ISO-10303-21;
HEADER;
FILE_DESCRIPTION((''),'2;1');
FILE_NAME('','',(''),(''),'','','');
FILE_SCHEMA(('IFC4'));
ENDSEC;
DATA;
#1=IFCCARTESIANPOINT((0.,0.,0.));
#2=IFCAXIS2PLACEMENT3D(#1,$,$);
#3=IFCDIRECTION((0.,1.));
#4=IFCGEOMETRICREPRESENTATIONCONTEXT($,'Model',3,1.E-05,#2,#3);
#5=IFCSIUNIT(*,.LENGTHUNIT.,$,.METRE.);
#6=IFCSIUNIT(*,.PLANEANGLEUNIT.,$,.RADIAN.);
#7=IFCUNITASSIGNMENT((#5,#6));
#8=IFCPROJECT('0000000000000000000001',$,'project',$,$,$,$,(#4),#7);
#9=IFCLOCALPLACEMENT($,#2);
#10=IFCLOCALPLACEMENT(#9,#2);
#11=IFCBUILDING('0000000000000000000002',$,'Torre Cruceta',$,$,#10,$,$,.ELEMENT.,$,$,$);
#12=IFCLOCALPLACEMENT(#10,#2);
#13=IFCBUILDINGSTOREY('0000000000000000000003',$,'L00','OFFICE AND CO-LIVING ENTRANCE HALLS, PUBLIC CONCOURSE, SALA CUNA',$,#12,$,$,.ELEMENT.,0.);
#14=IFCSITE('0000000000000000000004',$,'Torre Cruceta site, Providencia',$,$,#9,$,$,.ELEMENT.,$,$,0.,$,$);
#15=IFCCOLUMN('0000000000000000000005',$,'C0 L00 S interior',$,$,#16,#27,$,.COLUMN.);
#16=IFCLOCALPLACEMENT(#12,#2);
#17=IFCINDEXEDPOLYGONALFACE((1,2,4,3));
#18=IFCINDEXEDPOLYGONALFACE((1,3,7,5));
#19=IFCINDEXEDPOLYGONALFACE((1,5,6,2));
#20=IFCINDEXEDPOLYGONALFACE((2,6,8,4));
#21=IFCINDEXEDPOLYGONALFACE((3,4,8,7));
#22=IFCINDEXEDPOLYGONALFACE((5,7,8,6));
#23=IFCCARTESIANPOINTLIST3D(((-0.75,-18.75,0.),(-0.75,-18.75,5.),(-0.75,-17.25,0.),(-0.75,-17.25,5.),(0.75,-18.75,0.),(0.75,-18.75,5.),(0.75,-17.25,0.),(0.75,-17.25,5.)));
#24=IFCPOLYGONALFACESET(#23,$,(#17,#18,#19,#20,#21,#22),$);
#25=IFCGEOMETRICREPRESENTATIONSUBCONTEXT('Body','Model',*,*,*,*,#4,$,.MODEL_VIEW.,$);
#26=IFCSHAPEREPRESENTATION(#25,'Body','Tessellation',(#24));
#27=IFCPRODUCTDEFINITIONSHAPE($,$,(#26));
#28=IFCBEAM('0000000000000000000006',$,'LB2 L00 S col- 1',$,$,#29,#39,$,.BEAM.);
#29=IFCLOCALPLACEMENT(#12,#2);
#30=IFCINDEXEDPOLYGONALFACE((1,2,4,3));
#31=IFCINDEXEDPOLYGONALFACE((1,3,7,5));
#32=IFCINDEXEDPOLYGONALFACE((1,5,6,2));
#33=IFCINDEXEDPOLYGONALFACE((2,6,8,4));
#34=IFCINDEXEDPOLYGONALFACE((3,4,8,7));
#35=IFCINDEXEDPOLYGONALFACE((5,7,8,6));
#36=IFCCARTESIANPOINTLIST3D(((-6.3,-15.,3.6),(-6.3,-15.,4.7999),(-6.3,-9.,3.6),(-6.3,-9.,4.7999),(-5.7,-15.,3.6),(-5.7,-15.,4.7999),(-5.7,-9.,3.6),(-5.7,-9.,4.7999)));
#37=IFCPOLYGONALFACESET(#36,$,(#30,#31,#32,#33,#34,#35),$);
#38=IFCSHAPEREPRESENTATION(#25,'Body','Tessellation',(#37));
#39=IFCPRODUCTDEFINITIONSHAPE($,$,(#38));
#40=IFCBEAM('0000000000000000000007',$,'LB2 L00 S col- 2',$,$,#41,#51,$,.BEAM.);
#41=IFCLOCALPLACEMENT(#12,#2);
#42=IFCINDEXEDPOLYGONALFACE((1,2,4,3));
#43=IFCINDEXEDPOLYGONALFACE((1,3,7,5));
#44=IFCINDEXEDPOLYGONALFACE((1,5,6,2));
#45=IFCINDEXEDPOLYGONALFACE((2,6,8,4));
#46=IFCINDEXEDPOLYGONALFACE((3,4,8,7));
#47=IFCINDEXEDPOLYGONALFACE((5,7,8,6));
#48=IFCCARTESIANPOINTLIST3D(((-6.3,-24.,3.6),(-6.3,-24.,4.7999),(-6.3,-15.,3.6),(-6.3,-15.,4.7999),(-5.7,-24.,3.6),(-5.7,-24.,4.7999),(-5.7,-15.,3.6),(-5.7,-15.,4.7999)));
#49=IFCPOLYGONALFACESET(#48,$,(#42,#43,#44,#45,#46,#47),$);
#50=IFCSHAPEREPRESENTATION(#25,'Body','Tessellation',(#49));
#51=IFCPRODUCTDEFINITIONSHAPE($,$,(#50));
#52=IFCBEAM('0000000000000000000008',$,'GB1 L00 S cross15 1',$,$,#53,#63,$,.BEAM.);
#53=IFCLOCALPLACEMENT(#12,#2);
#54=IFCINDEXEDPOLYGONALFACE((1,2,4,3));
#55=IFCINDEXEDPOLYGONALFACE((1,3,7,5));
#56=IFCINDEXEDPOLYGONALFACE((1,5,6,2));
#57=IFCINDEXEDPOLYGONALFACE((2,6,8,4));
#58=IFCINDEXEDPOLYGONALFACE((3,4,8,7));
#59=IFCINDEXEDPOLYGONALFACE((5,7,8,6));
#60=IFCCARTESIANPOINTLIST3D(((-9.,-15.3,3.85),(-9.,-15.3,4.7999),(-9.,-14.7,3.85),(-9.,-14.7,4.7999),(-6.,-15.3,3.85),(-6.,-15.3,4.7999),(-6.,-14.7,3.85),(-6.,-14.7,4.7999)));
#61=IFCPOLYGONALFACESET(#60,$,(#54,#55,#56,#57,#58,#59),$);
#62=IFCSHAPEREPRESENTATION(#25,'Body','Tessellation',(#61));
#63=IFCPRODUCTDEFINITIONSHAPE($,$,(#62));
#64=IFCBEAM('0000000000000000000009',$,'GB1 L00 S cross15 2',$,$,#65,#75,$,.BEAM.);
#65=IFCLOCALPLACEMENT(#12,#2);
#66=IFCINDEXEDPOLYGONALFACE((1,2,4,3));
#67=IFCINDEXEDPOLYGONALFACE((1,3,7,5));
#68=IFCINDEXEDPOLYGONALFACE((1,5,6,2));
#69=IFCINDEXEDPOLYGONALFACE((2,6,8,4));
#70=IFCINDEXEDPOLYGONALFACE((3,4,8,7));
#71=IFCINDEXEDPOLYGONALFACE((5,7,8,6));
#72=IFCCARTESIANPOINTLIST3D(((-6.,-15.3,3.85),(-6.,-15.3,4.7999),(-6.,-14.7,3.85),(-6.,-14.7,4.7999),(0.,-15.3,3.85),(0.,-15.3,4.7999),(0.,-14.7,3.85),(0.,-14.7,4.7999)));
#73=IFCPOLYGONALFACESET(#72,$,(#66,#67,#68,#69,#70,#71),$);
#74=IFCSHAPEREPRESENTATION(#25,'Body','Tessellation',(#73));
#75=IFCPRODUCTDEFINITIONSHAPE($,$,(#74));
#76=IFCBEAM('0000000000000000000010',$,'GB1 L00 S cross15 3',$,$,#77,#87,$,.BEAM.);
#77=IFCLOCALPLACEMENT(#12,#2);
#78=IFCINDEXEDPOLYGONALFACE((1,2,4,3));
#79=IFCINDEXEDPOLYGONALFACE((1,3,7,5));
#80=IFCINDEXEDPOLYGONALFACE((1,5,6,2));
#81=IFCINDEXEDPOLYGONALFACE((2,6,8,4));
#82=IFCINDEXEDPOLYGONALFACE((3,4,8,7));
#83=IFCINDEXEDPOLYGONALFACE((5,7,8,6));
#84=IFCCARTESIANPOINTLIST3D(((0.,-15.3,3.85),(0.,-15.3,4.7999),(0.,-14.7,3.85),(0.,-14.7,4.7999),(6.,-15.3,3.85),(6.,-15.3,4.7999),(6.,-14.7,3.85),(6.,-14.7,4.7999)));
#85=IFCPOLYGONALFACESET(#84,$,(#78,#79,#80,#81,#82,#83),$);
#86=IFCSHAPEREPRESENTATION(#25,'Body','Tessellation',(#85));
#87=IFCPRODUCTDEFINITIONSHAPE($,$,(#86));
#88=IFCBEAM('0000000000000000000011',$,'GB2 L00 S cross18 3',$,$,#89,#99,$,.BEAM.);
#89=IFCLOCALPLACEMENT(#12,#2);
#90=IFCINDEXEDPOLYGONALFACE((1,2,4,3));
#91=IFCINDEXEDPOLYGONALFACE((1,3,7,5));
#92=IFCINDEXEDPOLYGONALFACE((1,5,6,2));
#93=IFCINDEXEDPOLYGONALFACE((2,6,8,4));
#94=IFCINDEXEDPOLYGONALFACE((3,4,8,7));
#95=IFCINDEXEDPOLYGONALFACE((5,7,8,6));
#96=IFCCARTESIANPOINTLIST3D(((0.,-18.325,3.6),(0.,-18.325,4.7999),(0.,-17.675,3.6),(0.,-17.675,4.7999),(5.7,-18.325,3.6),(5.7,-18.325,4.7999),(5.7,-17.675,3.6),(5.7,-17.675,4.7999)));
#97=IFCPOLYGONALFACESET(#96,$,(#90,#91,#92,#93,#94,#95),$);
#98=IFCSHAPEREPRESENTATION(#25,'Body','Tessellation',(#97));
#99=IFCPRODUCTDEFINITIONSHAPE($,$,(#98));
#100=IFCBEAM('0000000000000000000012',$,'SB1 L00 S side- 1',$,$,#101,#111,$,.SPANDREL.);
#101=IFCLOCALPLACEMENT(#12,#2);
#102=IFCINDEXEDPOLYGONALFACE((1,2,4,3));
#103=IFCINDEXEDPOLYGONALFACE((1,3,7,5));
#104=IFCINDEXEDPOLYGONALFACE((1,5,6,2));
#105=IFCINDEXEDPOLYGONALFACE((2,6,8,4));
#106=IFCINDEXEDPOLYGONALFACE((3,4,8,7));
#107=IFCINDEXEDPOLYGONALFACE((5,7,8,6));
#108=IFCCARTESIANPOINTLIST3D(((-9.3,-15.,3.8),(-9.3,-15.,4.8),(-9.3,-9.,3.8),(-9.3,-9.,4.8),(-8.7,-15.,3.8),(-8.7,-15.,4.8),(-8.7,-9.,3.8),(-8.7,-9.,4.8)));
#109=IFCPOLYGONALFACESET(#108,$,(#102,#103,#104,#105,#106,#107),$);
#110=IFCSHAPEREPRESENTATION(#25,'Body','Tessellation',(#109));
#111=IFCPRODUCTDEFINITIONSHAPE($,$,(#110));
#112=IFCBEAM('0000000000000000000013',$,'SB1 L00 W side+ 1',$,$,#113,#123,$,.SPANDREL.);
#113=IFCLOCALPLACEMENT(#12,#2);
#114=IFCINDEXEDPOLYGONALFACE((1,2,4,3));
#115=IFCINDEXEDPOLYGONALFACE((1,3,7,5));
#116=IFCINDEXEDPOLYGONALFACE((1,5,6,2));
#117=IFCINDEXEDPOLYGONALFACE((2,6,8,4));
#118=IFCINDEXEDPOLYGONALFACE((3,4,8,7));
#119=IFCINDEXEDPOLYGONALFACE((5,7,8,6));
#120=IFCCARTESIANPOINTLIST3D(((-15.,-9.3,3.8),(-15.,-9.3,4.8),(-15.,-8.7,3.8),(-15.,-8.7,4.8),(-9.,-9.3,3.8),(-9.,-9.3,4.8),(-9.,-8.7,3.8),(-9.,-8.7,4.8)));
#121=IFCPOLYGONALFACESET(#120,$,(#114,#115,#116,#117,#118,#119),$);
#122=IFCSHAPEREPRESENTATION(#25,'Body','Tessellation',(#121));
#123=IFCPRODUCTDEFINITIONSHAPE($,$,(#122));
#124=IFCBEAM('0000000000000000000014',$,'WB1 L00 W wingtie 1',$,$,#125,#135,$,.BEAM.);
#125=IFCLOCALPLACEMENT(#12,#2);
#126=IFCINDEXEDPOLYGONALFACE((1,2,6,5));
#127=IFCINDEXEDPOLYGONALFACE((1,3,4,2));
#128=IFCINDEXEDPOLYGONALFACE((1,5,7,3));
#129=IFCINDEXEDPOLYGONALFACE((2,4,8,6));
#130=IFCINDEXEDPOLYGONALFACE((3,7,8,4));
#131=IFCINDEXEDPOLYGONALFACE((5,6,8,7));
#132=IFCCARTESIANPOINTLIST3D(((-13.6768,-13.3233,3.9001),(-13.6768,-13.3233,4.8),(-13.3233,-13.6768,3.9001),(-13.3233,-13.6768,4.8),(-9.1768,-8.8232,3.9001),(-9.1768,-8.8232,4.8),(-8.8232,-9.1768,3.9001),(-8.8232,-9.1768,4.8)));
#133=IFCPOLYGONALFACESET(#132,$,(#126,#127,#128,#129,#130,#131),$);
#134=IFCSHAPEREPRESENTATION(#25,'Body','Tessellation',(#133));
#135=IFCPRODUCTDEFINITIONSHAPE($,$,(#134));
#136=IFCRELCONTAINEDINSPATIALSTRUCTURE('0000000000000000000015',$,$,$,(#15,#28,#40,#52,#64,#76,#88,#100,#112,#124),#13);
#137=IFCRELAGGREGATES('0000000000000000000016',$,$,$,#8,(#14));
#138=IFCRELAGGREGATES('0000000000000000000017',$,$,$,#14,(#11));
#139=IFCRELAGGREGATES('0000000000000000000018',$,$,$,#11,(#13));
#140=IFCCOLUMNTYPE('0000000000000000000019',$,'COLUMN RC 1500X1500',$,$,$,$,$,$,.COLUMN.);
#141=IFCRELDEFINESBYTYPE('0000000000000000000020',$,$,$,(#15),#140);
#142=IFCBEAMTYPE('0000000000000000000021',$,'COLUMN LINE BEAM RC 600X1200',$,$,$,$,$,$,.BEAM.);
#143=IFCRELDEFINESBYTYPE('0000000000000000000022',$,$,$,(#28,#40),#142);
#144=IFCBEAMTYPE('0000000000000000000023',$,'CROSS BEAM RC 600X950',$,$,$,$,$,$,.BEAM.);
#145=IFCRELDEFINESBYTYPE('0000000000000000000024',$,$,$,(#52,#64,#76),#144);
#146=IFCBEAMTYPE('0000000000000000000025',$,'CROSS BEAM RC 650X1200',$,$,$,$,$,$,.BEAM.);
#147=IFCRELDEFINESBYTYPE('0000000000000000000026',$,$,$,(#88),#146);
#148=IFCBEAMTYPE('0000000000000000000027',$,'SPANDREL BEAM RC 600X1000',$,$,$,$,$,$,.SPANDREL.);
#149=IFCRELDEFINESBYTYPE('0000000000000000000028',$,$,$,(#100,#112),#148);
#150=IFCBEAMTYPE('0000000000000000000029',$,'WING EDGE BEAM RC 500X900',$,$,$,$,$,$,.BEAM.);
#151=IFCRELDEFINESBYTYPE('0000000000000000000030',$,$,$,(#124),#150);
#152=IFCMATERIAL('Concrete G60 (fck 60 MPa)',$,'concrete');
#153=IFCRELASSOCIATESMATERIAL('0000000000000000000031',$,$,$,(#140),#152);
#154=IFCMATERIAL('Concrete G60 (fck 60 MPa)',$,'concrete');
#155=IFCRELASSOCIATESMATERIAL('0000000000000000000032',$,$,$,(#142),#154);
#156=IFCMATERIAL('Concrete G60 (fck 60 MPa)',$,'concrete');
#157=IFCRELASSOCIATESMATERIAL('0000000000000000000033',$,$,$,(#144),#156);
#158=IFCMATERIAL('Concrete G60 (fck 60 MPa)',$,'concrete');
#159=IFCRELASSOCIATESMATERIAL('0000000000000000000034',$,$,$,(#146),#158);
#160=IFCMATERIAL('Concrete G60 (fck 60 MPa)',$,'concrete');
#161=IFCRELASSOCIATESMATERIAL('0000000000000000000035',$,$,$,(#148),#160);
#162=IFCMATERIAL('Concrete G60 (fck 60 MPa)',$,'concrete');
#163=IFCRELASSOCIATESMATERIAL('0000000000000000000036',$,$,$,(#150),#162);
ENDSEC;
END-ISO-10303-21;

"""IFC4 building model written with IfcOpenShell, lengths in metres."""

from ifc_helpers import new_model, si_unit, direction, frame, origin, origin_2d, place, context, subcontext, project, spatial, rectangle, extrude, material, material_profile, profile_set, type_object, element, save


model = new_model("IFC4")

# Units and contexts
model_context = context("Model", 3, precision=1e-05, world=origin(), true_north=direction((0.0, 1.0)))
body_context = subcontext(model_context, "Body", "Model", "MODEL_VIEW")
ifc_project = project(units=[si_unit("LENGTHUNIT", "METRE"), si_unit("PLANEANGLEUNIT", "RADIAN")], contexts=[model_context])

# Site, building, storey
site_placement = place(None, origin())
site = spatial("IfcSite", under=ifc_project, at=site_placement, Name="Torre Cruceta site, Providencia", CompositionType="ELEMENT", RefElevation=0.0)
building_placement = place(site_placement, origin())
building = spatial("IfcBuilding", under=site, at=building_placement, Name="Torre Cruceta", CompositionType="ELEMENT")
storey_placement = place(building_placement, origin())
storey = spatial("IfcBuildingStorey", under=building, at=storey_placement, Name="L00", Description="OFFICE AND CO-LIVING ENTRANCE HALLS, PUBLIC CONCOURSE, SALA CUNA", CompositionType="ELEMENT", Elevation=0.0)

# Column
ifc_material_1 = material(Name="Concrete G60 (fck 60 MPa)", Category="concrete")
ifc_material_profile_1 = material_profile(ifc_material_1, rectangle(XDim=1.5, YDim=1.5, at=origin_2d()), Name="RC 1500X1500")
ifc_profile_set_1 = profile_set([ifc_material_profile_1], Name="Concrete G60 (fck 60 MPa)")
column_type = type_object("IfcColumnType", Name="COLUMN RC 1500X1500", PredefinedType="COLUMN", material=ifc_profile_set_1)
column_placement = place(storey_placement, frame((0.0, -18.0, 0.0), z_axis=(0.0, 0.0, 1.0), x_axis=(1.0, 0.0, 0.0)))
element("IfcColumn", 1, at=column_placement, inside=storey, type_object=column_type, Name="C0 L00 S interior", PredefinedType="COLUMN", context=body_context, shape_type="SweptSolid", body=[
    extrude(rectangle(XDim=1.5, YDim=1.5, at=origin_2d()), origin(), (0.0, 0.0, 1.0), 5.0),
])

# Beams
ifc_material_2 = material(Name="Concrete G60 (fck 60 MPa)", Category="concrete")
ifc_material_profile_2 = material_profile(ifc_material_2, rectangle(XDim=0.6001, YDim=1.2, at=origin_2d()), Name="RC 600X1200")
ifc_profile_set_2 = profile_set([ifc_material_profile_2], Name="Concrete G60 (fck 60 MPa)")
beam_type_1 = type_object("IfcBeamType", Name="COLUMN LINE BEAM RC 600X1200", PredefinedType="BEAM", material=ifc_profile_set_2)
beam_1_placement = place(storey_placement, frame((-6.0, -9.0, 4.2), z_axis=(0.0, -1.0, 0.0), x_axis=(1.0, 0.0, 0.0)))
element("IfcBeam", 2, at=beam_1_placement, inside=storey, type_object=beam_type_1, Name="LB2 L00 S col- 1", PredefinedType="BEAM", context=body_context, shape_type="SweptSolid", body=[
    extrude(rectangle(XDim=0.6001, YDim=1.2, at=origin_2d()), origin(), (0.0, 0.0, 1.0), 6.0),
])
beam_2_placement = place(storey_placement, frame((-6.0, -15.0, 4.2), z_axis=(0.0, -1.0, 0.0), x_axis=(1.0, 0.0, 0.0)))
element("IfcBeam", 3, at=beam_2_placement, inside=storey, type_object=beam_type_1, Name="LB2 L00 S col- 2", PredefinedType="BEAM", context=body_context, shape_type="SweptSolid", body=[
    extrude(rectangle(XDim=0.6001, YDim=1.2, at=origin_2d()), origin(), (0.0, 0.0, 1.0), 9.0),
])
ifc_material_3 = material(Name="Concrete G60 (fck 60 MPa)", Category="concrete")
ifc_material_profile_3 = material_profile(ifc_material_3, rectangle(XDim=0.6001, YDim=0.95, at=origin_2d()), Name="RC 600X950")
ifc_profile_set_3 = profile_set([ifc_material_profile_3], Name="Concrete G60 (fck 60 MPa)")
beam_type_2 = type_object("IfcBeamType", Name="CROSS BEAM RC 600X950", PredefinedType="BEAM", material=ifc_profile_set_3)
beam_3_placement = place(storey_placement, frame((-9.0, -15.0, 4.325), z_axis=(1.0, 0.0, 0.0), x_axis=(0.0, 1.0, 0.0)))
element("IfcBeam", 4, at=beam_3_placement, inside=storey, type_object=beam_type_2, Name="GB1 L00 S cross15 1", PredefinedType="BEAM", context=body_context, shape_type="SweptSolid", body=[
    extrude(rectangle(XDim=0.6001, YDim=0.95, at=origin_2d()), origin(), (0.0, 0.0, 1.0), 3.0),
])
for number, where, z_axis, x_axis, name in (
    (5, (-6.0, -15.0, 4.325), (1.0, 0.0, 0.0), (0.0, 1.0, 0.0), "GB1 L00 S cross15 2"),
    (6, (0.0, -15.0, 4.325), (1.0, 0.0, 0.0), (0.0, 1.0, 0.0), "GB1 L00 S cross15 3"),
):
    element("IfcBeam", number, at=place(storey_placement, frame(where, z_axis=z_axis, x_axis=x_axis)), inside=storey, type_object=beam_type_2, Name=name, PredefinedType="BEAM", context=body_context, shape_type="SweptSolid", body=[
        extrude(rectangle(XDim=0.6001, YDim=0.95, at=origin_2d()), origin(), (0.0, 0.0, 1.0), 6.0),
    ])
ifc_material_4 = material(Name="Concrete G60 (fck 60 MPa)", Category="concrete")
ifc_material_profile_4 = material_profile(ifc_material_4, rectangle(XDim=0.6499, YDim=1.2, at=origin_2d()), Name="RC 650X1200")
ifc_profile_set_4 = profile_set([ifc_material_profile_4], Name="Concrete G60 (fck 60 MPa)")
beam_type_3 = type_object("IfcBeamType", Name="CROSS BEAM RC 650X1200", PredefinedType="BEAM", material=ifc_profile_set_4)
beam_4_placement = place(storey_placement, frame((0.0, -18.0, 4.2), z_axis=(1.0, 0.0, 0.0), x_axis=(0.0, 1.0, 0.0)))
element("IfcBeam", 7, at=beam_4_placement, inside=storey, type_object=beam_type_3, Name="GB2 L00 S cross18 3", PredefinedType="BEAM", context=body_context, shape_type="SweptSolid", body=[
    extrude(rectangle(XDim=0.6499, YDim=1.2, at=origin_2d()), origin(), (0.0, 0.0, 1.0), 5.7),
])
ifc_material_5 = material(Name="Concrete G60 (fck 60 MPa)", Category="concrete")
ifc_material_profile_5 = material_profile(ifc_material_5, rectangle(XDim=0.6001, YDim=1.0, at=origin_2d()), Name="RC 600X1000")
ifc_profile_set_5 = profile_set([ifc_material_profile_5], Name="Concrete G60 (fck 60 MPa)")
beam_type_4 = type_object("IfcBeamType", Name="SPANDREL BEAM RC 600X1000", PredefinedType="SPANDREL", material=ifc_profile_set_5)
for number, where, z_axis, x_axis, name in (
    (8, (-9.0, -9.0, 4.3), (0.0, -1.0, 0.0), (1.0, 0.0, 0.0), "SB1 L00 S side- 1"),
    (9, (-9.0, -9.0, 4.3), (-1.0, 0.0, 0.0), (0.0, -1.0, 0.0), "SB1 L00 W side+ 1"),
):
    element("IfcBeam", number, at=place(storey_placement, frame(where, z_axis=z_axis, x_axis=x_axis)), inside=storey, type_object=beam_type_4, Name=name, PredefinedType="SPANDREL", context=body_context, shape_type="SweptSolid", body=[
        extrude(rectangle(XDim=0.6001, YDim=1.0, at=origin_2d()), origin(), (0.0, 0.0, 1.0), 6.0),
    ])
ifc_material_6 = material(Name="Concrete G60 (fck 60 MPa)", Category="concrete")
ifc_material_profile_6 = material_profile(ifc_material_6, rectangle(XDim=0.5, YDim=0.8999, at=origin_2d()), Name="RC 500X900")
ifc_profile_set_6 = profile_set([ifc_material_profile_6], Name="Concrete G60 (fck 60 MPa)")
beam_type_5 = type_object("IfcBeamType", Name="WING EDGE BEAM RC 500X900", PredefinedType="BEAM", material=ifc_profile_set_6)
beam_5_placement = place(storey_placement, frame((-9.0, -9.0, 4.3501), z_axis=(-0.707107, -0.707107, 0.0), x_axis=(0.707107, -0.707107, 0.0)))
element("IfcBeam", 10, at=beam_5_placement, inside=storey, type_object=beam_type_5, Name="WB1 L00 W wingtie 1", PredefinedType="BEAM", context=body_context, shape_type="SweptSolid", body=[
    extrude(rectangle(XDim=0.5, YDim=0.8999, at=origin_2d()), origin(), (0.0, 0.0, 1.0), 6.364),
])

save(model, "model.ifc")
